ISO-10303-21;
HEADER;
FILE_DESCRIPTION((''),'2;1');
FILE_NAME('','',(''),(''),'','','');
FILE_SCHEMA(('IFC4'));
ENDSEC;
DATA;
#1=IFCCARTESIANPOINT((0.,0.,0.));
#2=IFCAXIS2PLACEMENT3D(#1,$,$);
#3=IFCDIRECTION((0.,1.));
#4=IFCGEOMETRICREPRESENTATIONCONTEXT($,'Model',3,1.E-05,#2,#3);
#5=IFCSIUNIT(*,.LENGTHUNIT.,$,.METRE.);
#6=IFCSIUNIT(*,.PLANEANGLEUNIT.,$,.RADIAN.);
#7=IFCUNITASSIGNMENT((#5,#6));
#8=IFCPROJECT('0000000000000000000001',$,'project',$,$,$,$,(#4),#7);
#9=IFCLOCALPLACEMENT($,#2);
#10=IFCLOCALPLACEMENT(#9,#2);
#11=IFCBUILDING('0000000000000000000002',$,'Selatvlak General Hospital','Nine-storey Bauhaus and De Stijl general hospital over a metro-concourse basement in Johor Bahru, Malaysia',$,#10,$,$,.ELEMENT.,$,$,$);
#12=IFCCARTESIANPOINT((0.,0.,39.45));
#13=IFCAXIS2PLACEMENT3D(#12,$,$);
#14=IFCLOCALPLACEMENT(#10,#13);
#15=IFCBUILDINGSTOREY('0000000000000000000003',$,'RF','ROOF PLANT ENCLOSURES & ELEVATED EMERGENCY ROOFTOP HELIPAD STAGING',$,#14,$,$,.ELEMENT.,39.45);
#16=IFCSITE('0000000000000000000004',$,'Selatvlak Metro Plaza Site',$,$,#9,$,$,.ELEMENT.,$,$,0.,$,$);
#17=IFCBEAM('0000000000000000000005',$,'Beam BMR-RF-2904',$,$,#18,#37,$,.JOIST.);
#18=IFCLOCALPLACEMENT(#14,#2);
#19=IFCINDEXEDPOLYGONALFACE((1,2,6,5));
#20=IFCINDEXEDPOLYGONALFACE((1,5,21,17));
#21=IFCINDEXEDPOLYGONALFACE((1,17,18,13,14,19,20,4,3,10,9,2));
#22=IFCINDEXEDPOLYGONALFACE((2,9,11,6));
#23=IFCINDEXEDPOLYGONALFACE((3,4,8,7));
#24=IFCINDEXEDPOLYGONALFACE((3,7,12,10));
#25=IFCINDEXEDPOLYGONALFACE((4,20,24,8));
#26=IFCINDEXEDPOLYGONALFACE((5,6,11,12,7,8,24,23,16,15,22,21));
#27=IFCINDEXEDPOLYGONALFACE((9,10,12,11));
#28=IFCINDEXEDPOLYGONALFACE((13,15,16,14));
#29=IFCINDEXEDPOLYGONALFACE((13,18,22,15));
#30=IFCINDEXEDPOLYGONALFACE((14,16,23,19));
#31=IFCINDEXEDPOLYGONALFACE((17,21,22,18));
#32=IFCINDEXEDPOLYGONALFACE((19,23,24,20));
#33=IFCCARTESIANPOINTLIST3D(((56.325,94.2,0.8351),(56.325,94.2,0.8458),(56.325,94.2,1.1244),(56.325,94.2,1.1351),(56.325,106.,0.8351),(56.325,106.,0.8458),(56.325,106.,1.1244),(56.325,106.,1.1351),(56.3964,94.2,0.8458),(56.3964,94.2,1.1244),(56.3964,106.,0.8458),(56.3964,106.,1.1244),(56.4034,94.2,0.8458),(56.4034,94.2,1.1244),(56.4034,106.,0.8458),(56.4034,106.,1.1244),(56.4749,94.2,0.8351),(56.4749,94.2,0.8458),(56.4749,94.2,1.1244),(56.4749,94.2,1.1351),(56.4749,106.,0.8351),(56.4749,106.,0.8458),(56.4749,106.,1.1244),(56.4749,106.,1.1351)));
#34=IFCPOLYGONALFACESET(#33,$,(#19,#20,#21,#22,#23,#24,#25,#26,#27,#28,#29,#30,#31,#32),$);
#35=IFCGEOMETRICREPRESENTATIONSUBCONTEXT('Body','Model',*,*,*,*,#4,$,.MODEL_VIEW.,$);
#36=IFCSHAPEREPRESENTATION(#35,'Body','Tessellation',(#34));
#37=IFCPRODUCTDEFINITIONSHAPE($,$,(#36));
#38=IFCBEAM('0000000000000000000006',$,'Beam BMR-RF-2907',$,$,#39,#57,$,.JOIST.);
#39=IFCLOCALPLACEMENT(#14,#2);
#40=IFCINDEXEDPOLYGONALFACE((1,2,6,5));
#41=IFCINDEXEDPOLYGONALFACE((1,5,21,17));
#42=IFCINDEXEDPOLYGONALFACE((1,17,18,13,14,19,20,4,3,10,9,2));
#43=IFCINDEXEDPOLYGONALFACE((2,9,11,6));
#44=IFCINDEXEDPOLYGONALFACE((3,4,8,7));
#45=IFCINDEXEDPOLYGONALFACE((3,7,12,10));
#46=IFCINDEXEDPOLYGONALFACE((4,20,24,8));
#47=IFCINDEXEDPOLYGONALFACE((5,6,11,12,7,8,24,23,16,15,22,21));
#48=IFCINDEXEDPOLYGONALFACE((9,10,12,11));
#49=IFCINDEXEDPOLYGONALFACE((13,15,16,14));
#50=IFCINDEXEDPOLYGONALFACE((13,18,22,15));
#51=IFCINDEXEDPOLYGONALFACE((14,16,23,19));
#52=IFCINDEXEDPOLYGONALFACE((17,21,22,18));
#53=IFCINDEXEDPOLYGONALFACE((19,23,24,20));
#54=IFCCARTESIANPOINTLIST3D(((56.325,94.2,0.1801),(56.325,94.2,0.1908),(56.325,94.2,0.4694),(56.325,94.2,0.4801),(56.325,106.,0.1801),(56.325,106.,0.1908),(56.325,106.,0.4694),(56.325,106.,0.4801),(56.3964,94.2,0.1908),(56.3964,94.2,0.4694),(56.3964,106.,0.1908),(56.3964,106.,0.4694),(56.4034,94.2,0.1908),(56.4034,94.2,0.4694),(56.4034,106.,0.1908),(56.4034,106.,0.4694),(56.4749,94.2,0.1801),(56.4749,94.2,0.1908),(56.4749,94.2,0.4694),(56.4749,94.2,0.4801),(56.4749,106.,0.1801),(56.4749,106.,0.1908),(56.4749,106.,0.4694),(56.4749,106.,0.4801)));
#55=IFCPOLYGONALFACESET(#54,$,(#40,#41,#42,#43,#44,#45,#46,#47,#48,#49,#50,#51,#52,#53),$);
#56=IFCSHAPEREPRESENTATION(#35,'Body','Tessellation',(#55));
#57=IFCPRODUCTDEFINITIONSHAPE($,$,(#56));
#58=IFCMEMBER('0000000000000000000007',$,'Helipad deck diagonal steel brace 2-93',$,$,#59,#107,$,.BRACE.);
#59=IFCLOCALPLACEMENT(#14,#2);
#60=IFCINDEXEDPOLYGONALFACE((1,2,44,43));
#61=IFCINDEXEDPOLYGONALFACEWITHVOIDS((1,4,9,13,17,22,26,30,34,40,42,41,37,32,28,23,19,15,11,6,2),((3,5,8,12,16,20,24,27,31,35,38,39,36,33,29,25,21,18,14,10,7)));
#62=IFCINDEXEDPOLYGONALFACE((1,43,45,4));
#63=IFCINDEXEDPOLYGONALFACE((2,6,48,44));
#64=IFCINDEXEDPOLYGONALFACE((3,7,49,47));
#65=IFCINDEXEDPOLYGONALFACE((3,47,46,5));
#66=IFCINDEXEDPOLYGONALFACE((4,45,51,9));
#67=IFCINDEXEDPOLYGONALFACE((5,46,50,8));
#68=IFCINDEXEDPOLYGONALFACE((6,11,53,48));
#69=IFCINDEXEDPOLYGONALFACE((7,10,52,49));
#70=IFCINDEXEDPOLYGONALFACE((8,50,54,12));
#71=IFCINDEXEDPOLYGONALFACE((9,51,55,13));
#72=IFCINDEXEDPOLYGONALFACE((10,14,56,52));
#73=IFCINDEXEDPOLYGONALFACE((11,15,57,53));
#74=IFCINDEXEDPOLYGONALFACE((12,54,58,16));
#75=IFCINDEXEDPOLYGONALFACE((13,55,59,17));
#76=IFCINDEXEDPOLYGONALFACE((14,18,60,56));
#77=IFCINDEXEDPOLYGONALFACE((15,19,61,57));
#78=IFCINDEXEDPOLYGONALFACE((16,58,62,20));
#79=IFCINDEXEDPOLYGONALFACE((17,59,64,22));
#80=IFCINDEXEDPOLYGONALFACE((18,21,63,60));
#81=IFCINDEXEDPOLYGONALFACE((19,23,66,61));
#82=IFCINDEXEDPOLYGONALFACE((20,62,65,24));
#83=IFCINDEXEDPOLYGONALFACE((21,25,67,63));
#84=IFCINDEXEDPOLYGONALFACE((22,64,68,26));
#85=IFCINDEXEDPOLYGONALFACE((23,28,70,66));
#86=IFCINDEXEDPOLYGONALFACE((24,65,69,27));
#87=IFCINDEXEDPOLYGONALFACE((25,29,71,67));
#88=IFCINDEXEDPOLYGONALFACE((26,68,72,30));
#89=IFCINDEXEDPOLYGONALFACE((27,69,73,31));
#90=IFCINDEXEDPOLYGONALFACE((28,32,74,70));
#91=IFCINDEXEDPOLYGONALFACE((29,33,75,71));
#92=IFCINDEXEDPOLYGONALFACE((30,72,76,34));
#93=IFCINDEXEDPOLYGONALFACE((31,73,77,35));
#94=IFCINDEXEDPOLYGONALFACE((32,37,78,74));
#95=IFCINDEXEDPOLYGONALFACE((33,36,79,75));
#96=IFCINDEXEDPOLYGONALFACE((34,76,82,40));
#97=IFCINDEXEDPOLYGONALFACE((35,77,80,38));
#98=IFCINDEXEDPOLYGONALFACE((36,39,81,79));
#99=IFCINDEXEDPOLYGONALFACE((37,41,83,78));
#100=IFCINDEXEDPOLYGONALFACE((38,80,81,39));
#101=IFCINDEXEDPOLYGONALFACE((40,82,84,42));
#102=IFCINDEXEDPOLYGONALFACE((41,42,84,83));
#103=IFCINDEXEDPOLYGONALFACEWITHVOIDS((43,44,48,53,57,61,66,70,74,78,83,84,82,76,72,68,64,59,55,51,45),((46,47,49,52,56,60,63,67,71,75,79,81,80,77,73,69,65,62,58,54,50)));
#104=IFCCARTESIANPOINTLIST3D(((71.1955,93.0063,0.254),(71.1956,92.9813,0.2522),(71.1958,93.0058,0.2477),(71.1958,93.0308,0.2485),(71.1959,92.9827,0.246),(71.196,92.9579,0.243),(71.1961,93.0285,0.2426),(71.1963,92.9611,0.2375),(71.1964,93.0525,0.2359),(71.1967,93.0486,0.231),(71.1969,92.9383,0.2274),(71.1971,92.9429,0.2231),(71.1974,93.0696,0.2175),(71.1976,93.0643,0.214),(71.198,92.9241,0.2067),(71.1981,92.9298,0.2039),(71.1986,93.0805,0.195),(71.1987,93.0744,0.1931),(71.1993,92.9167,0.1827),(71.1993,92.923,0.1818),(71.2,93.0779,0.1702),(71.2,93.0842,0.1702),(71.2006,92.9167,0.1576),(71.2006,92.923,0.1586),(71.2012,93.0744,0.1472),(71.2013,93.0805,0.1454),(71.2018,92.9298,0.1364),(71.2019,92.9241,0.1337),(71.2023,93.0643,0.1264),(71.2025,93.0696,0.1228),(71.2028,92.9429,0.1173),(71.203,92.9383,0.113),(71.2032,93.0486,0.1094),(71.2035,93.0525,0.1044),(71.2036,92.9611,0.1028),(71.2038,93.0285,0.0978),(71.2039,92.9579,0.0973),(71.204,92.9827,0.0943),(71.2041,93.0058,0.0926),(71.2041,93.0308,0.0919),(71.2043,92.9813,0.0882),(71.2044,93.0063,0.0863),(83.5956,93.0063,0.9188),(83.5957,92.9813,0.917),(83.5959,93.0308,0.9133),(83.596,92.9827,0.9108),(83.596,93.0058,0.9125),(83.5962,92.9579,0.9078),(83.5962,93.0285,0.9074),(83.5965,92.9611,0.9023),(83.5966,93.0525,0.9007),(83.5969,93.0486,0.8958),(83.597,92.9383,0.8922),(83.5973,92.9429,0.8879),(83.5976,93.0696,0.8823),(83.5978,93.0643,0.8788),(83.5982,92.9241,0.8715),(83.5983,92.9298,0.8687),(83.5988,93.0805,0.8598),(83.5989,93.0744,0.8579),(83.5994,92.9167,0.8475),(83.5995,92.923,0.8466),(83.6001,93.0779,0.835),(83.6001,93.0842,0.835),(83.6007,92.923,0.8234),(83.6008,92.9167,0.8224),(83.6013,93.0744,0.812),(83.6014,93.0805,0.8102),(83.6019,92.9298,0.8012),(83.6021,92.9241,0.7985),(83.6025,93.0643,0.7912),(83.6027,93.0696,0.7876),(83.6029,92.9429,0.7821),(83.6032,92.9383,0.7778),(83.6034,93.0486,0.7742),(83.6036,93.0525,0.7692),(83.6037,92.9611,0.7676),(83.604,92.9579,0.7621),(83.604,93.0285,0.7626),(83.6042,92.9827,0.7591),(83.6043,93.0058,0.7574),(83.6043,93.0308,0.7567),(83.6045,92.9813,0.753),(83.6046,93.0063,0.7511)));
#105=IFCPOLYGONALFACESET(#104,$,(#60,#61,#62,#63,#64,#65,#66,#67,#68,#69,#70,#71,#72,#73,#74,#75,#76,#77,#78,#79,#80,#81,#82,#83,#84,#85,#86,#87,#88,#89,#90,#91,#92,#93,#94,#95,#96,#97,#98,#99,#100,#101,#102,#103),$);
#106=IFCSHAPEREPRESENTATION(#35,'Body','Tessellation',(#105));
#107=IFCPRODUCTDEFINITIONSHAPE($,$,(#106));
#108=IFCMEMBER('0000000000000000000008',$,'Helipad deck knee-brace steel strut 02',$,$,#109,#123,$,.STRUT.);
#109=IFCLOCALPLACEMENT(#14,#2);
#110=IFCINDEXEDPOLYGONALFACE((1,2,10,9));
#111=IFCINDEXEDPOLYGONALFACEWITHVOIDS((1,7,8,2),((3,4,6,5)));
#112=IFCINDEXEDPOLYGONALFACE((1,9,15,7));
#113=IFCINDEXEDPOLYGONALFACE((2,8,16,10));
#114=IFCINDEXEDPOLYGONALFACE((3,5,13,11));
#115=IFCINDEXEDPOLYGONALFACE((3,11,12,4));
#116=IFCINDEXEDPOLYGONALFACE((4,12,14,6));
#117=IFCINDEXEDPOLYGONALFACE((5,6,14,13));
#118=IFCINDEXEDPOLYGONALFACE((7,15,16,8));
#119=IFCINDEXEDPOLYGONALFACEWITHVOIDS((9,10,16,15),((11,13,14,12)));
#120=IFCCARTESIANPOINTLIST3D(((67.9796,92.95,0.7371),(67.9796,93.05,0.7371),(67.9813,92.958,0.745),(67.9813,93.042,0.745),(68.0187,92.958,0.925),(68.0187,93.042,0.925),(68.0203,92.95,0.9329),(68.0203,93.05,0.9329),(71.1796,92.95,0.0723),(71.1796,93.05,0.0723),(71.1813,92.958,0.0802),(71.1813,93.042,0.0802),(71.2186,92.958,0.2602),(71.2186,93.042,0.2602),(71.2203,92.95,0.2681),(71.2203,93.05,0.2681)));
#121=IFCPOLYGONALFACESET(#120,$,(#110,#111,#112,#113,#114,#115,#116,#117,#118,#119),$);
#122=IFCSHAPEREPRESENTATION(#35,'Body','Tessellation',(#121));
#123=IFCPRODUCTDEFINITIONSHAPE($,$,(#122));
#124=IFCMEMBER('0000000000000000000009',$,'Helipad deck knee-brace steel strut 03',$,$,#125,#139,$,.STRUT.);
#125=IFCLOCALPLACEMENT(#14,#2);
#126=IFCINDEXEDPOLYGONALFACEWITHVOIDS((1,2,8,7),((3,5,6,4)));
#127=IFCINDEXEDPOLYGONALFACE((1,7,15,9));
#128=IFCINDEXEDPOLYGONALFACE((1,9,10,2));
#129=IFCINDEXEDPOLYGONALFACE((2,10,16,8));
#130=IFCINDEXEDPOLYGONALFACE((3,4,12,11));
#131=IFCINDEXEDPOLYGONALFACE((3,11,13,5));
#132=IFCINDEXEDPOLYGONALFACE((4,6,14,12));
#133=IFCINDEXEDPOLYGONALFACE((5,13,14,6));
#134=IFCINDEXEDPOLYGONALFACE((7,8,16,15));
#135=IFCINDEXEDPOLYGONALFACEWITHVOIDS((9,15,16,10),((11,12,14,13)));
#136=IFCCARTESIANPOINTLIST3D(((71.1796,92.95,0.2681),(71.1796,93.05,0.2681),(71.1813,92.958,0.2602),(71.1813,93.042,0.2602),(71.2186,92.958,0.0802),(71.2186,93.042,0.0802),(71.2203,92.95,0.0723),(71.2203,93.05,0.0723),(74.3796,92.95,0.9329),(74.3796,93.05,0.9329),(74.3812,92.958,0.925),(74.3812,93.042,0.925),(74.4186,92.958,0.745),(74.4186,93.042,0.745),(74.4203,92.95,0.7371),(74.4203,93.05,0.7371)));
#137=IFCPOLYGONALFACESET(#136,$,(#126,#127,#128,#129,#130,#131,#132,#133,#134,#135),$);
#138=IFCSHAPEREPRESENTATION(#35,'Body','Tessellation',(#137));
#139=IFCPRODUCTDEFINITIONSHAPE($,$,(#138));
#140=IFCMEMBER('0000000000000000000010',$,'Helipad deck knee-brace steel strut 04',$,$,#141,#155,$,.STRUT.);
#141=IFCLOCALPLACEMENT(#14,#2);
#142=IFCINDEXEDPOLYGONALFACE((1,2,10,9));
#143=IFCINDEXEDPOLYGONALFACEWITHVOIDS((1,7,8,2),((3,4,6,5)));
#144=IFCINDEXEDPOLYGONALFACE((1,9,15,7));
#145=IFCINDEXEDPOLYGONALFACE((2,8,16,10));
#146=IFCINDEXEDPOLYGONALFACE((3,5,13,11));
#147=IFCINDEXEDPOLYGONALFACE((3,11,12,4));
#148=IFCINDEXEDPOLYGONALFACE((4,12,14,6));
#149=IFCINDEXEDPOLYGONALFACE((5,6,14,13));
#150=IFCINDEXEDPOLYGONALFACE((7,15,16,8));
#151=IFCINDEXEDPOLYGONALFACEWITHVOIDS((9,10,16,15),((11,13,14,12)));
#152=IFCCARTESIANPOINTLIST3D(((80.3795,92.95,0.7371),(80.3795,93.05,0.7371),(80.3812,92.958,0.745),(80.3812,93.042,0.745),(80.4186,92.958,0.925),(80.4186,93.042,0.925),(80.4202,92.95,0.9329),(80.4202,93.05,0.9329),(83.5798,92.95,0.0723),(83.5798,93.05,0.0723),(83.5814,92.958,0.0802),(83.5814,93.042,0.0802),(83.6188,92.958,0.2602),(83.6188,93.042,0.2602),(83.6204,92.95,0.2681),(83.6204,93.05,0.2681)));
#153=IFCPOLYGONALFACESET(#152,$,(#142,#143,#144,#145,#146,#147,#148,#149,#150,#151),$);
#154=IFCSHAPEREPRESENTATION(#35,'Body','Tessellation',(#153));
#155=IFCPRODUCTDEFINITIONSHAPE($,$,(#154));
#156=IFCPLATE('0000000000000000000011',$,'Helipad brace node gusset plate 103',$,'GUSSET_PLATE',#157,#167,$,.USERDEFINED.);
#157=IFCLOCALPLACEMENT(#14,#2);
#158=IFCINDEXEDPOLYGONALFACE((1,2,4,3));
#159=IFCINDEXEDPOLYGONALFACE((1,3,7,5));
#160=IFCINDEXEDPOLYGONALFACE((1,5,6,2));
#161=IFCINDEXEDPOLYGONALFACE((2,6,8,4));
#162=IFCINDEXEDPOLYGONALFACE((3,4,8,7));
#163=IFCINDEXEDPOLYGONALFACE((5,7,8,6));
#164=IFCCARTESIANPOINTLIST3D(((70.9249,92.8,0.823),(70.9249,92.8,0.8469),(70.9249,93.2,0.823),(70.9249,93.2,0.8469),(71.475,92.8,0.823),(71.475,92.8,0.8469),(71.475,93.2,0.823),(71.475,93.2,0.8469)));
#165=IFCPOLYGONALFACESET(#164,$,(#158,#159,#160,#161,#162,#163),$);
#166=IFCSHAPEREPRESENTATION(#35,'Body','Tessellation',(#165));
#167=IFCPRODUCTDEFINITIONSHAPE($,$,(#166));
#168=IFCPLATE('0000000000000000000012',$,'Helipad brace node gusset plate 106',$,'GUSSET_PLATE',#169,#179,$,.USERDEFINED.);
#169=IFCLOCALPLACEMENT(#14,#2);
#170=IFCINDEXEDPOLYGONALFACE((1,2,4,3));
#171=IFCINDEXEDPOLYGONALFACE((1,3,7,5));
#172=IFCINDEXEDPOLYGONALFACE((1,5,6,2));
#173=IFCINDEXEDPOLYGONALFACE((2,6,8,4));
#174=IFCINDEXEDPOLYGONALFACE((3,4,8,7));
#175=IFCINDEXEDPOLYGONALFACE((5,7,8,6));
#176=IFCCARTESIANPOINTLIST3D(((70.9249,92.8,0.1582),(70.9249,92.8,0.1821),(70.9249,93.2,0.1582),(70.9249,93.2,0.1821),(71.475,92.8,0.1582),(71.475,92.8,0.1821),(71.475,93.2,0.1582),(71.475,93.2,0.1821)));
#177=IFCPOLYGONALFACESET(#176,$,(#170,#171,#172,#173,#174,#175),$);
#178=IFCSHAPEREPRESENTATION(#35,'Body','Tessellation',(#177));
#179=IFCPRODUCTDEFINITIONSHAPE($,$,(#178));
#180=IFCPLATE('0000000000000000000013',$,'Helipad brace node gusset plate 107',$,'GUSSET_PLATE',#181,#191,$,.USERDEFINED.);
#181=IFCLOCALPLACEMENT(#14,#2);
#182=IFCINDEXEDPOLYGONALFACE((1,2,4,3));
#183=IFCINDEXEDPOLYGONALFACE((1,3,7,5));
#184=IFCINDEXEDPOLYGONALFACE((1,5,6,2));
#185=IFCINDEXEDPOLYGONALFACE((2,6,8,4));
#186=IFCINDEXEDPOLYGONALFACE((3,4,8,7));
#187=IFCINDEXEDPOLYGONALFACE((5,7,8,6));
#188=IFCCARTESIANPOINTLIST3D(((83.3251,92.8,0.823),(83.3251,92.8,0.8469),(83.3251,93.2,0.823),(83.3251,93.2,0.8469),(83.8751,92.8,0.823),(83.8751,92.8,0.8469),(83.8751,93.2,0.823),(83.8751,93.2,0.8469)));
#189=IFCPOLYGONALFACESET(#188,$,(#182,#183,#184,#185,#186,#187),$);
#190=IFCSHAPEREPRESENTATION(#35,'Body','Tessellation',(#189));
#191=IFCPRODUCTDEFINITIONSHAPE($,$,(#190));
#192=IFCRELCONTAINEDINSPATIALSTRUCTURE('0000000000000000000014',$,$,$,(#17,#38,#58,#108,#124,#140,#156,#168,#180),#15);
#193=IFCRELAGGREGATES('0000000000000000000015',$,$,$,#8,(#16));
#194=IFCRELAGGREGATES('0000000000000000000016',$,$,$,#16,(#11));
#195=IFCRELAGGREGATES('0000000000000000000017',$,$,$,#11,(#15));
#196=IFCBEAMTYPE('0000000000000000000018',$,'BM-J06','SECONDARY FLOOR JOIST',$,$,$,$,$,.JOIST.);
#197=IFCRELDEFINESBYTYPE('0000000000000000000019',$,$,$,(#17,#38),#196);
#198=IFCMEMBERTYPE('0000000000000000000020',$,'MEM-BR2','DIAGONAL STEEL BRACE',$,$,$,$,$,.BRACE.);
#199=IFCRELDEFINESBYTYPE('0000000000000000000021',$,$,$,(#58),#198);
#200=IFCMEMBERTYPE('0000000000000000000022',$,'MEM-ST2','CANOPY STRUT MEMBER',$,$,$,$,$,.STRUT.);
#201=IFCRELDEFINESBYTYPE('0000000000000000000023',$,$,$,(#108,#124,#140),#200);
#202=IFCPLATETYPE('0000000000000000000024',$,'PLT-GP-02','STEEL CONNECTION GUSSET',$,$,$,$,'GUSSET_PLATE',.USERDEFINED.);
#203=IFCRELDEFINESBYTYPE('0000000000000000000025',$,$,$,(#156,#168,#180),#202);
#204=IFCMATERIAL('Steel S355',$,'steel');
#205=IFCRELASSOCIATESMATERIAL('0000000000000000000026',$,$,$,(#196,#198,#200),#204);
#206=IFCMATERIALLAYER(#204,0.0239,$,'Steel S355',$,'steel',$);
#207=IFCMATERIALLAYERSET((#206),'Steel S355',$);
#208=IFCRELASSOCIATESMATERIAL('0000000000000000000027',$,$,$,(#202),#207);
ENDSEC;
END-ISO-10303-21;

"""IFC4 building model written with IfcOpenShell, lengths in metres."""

from ifc_helpers import new_model, si_unit, direction, frame, origin, origin_2d, place, context, subcontext, project, spatial, rectangle, hollow_rectangle, hollow_circle, i_section, extrude, material, layer, layer_set, material_profile, profile_set, type_object, element, save


model = new_model("IFC4")

# Units and contexts
model_context = context("Model", 3, precision=1e-05, world=origin(), true_north=direction((0.0, 1.0)))
body_context = subcontext(model_context, "Body", "Model", "MODEL_VIEW")
ifc_project = project(units=[si_unit("LENGTHUNIT", "METRE"), si_unit("PLANEANGLEUNIT", "RADIAN")], contexts=[model_context])

# Site, building, storey
site_placement = place(None, origin())
site = spatial("IfcSite", under=ifc_project, at=site_placement, Name="Selatvlak Metro Plaza Site", CompositionType="ELEMENT", RefElevation=0.0)
building_placement = place(site_placement, origin())
building = spatial("IfcBuilding", under=site, at=building_placement, Name="Selatvlak General Hospital", Description="Nine-storey Bauhaus and De Stijl general hospital over a metro-concourse basement in Johor Bahru, Malaysia", CompositionType="ELEMENT")
storey_placement = place(building_placement, frame((0.0, 0.0, 39.45)))
storey = spatial("IfcBuildingStorey", under=building, at=storey_placement, Name="RF", Description="ROOF PLANT ENCLOSURES & ELEVATED EMERGENCY ROOFTOP HELIPAD STAGING", CompositionType="ELEMENT", Elevation=39.45)

# Shared definitions
ifc_material_1 = material(Name="Steel S355", Category="steel")

# Beams
ifc_material_profile_1 = material_profile(ifc_material_1, i_section(OverallWidth=0.1499, OverallDepth=0.3, WebThickness=0.0071, FlangeThickness=0.0107, at=origin_2d()), Name="IPE 300")
ifc_profile_set_1 = profile_set([ifc_material_profile_1], Name="Steel S355")
beam_type_1 = type_object("IfcBeamType", Name="BM-J06", Description="SECONDARY FLOOR JOIST", PredefinedType="JOIST", material=ifc_profile_set_1)
for number, where, z_axis, x_axis, name in (
    (1, (56.3999, 94.2, 0.9851), (0.0, 1.0, 0.0), (-1.0, 0.0, 0.0), "Beam BMR-RF-2904"),
    (2, (56.3999, 94.2, 0.3301), (0.0, 1.0, 0.0), (-1.0, 0.0, 0.0), "Beam BMR-RF-2907"),
):
    element("IfcBeam", number, at=place(storey_placement, frame(where, z_axis=z_axis, x_axis=x_axis)), inside=storey, type_object=beam_type_1, Name=name, PredefinedType="JOIST", context=body_context, shape_type="SweptSolid", body=[
        extrude(i_section(OverallWidth=0.1499, OverallDepth=0.3, WebThickness=0.0071, FlangeThickness=0.0107, at=origin_2d()), origin(), (0.0, 0.0, 1.0), 11.8),
    ])

# Members
ifc_material_profile_2 = material_profile(ifc_material_1, hollow_circle(Radius=0.0842, WallThickness=0.0063, at=origin_2d()), Name="CHS 168.3x6.3")
ifc_profile_set_2 = profile_set([ifc_material_profile_2], Name="Steel S355")
member_type_1 = type_object("IfcMemberType", Name="MEM-BR2", Description="DIAGONAL STEEL BRACE", PredefinedType="BRACE", material=ifc_profile_set_2)
member_1_placement = place(storey_placement, frame((71.2, 93.0, 0.1702), z_axis=(0.998566, 0.0, 0.053535), x_axis=(0.0, 1.0, 0.0)))
element("IfcMember", 3, at=member_1_placement, inside=storey, type_object=member_type_1, Name="Helipad deck diagonal steel brace 2-93", PredefinedType="BRACE", context=body_context, shape_type="SweptSolid", body=[
    extrude(hollow_circle(Radius=0.0842, WallThickness=0.0063, at=origin_2d()), origin(), (0.0, 0.0, 1.0), 12.418),
])
ifc_material_profile_3 = material_profile(ifc_material_1, hollow_rectangle(XDim=0.1001, YDim=0.2, WallThickness=0.0081, at=origin_2d()), Name="RHS 200x100x8")
ifc_profile_set_3 = profile_set([ifc_material_profile_3], Name="Steel S355")
member_type_2 = type_object("IfcMemberType", Name="MEM-ST2", Description="CANOPY STRUT MEMBER", PredefinedType="STRUT", material=ifc_profile_set_3)
for number, where, z_axis, x_axis, name in (
    (4, (71.2, 93.0, 0.1702), (-0.979094, 0.0, 0.203408), (0.0, -1.0, 0.0), "Helipad deck knee-brace steel strut 02"),
    (5, (71.2, 93.0, 0.1702), (0.979094, 0.0, 0.203408), (0.0, 1.0, 0.0), "Helipad deck knee-brace steel strut 03"),
):
    element("IfcMember", number, at=place(storey_placement, frame(where, z_axis=z_axis, x_axis=x_axis)), inside=storey, type_object=member_type_2, Name=name, PredefinedType="STRUT", context=body_context, shape_type="SweptSolid", body=[
        extrude(hollow_rectangle(XDim=0.1001, YDim=0.2, WallThickness=0.0081, at=origin_2d()), origin(), (0.0, 0.0, 1.0), 3.2683),
    ])
member_2_placement = place(storey_placement, frame((83.6001, 93.0, 0.1702), z_axis=(-0.979097, 0.0, 0.203393), x_axis=(0.0, -1.0, 0.0)))
element("IfcMember", 6, at=member_2_placement, inside=storey, type_object=member_type_2, Name="Helipad deck knee-brace steel strut 04", PredefinedType="STRUT", context=body_context, shape_type="SweptSolid", body=[
    extrude(hollow_rectangle(XDim=0.1001, YDim=0.2, WallThickness=0.0081, at=origin_2d()), origin(), (0.0, 0.0, 1.0), 3.2686),
])

# Plates
ifc_layer_1 = layer(ifc_material_1, 0.0239, Name="Steel S355", Category="steel")
ifc_layer_set_1 = layer_set([ifc_layer_1], Name="Steel S355")
plate_type_1 = type_object("IfcPlateType", Name="PLT-GP-02", Description="STEEL CONNECTION GUSSET", ElementType="GUSSET_PLATE", PredefinedType="USERDEFINED", material=ifc_layer_set_1)
for number, where, z_axis, x_axis, name in (
    (7, (71.2, 93.0, 0.823), (0.0, 0.0, 1.0), (1.0, 0.0, 0.0), "Helipad brace node gusset plate 103"),
    (8, (71.2, 93.0, 0.1582), (0.0, 0.0, 1.0), (1.0, 0.0, 0.0), "Helipad brace node gusset plate 106"),
    (9, (83.6001, 93.0, 0.823), (0.0, 0.0, 1.0), (1.0, 0.0, 0.0), "Helipad brace node gusset plate 107"),
):
    element("IfcPlate", number, at=place(storey_placement, frame(where, z_axis=z_axis, x_axis=x_axis)), inside=storey, type_object=plate_type_1, Name=name, ObjectType="GUSSET_PLATE", PredefinedType="USERDEFINED", context=body_context, shape_type="SweptSolid", body=[
        extrude(rectangle(XDim=0.55, YDim=0.3999, at=origin_2d()), origin(), (0.0, 0.0, 1.0), 0.0239),
    ])

save(model, "model.ifc")
